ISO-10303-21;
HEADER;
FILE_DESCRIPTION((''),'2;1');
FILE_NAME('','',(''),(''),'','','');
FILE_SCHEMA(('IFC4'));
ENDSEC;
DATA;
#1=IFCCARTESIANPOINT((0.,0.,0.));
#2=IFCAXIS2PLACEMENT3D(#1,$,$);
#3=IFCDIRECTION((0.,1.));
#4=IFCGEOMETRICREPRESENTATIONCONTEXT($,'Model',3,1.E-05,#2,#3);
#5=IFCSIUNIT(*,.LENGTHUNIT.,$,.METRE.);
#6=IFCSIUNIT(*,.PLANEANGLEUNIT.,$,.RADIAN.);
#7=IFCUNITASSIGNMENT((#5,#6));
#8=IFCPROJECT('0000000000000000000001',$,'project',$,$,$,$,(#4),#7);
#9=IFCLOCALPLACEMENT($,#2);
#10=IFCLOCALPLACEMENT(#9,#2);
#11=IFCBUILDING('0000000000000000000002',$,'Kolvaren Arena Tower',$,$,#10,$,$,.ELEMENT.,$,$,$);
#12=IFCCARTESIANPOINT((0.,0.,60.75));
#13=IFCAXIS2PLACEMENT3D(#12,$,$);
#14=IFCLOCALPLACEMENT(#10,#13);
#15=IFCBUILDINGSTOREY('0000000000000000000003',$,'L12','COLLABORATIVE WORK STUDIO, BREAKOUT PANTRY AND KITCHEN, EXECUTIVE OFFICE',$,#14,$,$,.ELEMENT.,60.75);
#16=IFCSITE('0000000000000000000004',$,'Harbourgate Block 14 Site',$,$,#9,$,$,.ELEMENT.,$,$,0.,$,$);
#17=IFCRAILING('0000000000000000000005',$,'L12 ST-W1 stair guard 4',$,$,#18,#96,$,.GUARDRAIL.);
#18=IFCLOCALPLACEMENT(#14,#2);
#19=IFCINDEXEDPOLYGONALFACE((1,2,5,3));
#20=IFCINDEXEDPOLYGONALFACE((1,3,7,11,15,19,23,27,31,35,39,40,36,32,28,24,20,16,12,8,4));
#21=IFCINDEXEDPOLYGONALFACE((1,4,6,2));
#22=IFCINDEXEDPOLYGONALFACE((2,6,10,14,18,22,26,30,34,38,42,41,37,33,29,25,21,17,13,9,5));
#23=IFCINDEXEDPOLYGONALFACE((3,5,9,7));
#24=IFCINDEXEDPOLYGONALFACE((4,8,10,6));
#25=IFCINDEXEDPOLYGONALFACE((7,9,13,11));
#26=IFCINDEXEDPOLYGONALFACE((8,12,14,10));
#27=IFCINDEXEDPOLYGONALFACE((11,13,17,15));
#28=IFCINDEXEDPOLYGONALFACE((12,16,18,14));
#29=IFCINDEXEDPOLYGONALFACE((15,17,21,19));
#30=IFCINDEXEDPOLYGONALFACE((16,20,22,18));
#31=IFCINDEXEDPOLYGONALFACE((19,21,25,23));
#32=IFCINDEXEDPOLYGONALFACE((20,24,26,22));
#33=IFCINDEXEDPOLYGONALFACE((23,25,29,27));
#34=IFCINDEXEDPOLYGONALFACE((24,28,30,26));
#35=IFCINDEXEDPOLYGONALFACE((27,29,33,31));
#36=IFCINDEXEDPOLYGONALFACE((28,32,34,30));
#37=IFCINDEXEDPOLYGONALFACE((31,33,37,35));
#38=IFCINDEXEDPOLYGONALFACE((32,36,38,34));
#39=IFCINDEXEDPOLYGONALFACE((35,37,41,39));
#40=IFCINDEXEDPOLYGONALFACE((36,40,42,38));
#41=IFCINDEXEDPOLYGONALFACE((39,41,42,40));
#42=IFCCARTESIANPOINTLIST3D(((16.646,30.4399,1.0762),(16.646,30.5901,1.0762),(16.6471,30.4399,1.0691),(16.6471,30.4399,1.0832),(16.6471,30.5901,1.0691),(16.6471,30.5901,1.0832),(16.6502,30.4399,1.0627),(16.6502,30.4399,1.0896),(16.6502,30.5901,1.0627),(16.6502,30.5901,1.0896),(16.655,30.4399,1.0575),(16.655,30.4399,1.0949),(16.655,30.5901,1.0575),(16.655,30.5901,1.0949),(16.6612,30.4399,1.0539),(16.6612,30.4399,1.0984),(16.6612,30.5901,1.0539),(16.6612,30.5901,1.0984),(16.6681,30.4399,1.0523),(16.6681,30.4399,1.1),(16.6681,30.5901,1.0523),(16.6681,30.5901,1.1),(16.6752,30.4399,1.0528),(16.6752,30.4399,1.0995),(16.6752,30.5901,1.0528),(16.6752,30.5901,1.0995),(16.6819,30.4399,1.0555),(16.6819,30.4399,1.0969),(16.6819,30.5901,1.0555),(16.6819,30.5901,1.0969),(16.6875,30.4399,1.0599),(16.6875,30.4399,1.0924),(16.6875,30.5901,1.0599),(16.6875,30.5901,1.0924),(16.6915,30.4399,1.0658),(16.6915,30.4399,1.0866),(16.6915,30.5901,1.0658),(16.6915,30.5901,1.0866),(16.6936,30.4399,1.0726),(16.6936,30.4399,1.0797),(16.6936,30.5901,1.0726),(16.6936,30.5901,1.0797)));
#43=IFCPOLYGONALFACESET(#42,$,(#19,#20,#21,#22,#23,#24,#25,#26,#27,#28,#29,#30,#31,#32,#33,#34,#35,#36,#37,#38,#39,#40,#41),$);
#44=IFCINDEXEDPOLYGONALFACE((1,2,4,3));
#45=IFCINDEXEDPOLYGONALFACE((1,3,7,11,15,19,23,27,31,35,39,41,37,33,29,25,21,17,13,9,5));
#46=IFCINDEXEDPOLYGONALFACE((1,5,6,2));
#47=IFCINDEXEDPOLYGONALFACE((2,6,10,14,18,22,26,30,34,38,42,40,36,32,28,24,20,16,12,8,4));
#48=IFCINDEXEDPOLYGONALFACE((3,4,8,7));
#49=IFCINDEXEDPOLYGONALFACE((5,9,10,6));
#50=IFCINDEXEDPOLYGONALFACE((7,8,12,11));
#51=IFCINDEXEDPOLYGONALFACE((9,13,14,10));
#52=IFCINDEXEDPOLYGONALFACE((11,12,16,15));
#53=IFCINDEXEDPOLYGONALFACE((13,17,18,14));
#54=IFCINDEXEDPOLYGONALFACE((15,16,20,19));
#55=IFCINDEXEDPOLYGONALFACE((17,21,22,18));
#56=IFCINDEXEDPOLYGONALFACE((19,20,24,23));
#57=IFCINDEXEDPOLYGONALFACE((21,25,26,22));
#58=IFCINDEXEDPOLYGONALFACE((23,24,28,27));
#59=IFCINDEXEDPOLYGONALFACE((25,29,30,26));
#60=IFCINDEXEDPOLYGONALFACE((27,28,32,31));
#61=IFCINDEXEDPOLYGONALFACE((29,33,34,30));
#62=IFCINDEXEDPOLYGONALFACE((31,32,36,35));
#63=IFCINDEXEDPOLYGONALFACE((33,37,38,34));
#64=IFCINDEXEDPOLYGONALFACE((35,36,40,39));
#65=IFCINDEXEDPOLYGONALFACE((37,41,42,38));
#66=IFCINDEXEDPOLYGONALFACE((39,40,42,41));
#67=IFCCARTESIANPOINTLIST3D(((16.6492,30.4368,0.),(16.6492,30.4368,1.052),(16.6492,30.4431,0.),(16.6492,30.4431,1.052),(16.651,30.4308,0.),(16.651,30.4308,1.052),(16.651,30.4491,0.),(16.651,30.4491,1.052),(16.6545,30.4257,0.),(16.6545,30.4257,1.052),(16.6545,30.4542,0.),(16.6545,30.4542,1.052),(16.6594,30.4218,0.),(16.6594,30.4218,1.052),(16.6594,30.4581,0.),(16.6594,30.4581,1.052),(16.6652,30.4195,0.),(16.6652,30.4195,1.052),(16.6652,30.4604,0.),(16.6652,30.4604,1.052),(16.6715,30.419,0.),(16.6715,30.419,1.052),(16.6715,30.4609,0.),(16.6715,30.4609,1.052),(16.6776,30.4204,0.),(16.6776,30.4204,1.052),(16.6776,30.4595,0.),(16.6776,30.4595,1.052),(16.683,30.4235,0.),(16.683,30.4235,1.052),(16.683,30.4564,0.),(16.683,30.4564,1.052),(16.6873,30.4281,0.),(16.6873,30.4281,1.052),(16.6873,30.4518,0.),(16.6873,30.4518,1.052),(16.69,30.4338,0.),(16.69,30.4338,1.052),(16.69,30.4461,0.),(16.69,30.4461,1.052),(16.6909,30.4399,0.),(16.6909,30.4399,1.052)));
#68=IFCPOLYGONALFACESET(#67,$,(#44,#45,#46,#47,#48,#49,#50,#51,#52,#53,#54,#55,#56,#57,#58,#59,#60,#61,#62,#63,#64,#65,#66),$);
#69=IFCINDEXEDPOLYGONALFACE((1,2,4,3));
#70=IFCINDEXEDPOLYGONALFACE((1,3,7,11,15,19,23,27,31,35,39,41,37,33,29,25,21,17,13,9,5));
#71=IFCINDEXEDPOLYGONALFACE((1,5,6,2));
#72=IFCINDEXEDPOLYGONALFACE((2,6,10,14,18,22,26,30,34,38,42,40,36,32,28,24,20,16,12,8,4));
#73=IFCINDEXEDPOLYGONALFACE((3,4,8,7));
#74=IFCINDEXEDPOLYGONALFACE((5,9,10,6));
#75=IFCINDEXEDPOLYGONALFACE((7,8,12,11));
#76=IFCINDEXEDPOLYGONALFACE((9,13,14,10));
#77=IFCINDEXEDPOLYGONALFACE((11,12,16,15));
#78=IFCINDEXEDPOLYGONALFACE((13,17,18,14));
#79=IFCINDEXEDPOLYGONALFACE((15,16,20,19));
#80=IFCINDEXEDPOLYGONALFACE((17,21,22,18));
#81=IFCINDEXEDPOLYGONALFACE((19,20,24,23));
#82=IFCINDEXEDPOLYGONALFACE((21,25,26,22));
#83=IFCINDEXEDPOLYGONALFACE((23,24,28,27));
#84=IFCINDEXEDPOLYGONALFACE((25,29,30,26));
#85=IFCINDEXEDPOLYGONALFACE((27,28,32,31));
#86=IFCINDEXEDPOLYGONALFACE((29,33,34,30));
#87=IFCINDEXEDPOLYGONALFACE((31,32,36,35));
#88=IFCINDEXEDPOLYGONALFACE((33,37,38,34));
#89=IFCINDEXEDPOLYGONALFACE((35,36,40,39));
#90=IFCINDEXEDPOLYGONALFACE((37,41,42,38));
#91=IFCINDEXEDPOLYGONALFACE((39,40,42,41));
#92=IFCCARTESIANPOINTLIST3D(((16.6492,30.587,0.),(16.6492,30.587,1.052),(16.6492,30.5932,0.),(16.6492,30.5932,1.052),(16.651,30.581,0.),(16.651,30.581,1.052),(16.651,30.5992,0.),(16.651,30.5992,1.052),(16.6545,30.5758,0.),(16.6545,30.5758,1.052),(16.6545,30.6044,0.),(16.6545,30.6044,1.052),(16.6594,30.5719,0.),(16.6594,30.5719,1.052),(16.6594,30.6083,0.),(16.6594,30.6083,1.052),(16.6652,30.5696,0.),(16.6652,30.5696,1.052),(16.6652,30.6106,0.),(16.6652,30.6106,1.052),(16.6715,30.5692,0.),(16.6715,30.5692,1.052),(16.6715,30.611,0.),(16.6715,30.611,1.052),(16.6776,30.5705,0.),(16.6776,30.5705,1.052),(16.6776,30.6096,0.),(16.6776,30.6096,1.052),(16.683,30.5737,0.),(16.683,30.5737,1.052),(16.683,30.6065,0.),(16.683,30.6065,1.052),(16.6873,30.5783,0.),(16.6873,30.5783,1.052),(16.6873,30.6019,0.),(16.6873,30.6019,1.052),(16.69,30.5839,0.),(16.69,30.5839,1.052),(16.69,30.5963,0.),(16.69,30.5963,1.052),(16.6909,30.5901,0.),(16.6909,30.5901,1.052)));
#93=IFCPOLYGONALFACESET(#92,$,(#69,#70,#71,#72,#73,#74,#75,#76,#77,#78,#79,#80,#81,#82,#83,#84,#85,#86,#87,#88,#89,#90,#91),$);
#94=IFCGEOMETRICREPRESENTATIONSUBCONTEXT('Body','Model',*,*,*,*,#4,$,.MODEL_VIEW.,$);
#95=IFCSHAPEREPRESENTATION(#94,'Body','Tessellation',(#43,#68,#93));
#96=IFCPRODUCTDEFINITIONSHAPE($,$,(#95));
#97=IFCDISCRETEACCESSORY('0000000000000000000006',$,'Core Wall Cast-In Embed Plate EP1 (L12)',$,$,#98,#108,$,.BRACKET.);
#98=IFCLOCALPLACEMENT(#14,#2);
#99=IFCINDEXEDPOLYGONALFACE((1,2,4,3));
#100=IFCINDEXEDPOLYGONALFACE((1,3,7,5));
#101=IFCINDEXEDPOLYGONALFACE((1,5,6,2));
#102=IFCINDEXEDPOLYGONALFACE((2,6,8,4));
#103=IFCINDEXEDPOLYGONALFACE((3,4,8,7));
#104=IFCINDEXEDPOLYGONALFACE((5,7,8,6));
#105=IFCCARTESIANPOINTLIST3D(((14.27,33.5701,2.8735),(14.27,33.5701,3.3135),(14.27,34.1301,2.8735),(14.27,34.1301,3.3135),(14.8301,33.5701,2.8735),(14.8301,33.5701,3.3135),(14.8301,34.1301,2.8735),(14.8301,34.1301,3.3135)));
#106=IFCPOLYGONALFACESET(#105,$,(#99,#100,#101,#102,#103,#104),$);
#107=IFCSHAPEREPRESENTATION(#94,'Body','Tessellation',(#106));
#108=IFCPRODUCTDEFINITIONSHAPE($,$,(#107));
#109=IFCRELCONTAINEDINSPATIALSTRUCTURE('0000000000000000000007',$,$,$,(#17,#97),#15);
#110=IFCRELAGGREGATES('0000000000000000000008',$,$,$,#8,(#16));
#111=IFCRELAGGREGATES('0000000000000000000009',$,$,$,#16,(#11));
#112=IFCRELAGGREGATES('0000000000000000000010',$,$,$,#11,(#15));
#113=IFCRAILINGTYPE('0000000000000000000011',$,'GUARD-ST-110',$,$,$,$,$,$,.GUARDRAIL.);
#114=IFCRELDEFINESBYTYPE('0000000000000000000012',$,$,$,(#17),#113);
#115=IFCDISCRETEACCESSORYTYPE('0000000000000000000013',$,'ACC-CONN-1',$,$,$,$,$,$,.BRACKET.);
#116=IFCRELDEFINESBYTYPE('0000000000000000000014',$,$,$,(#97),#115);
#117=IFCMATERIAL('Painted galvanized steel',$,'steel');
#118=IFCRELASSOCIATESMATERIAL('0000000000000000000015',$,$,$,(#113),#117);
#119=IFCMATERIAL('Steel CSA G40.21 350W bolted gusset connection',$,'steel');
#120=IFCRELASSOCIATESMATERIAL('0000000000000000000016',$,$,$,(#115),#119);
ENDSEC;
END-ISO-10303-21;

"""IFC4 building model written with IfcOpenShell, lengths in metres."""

from ifc_helpers import new_model, si_unit, direction, frame, origin, origin_2d, place, context, subcontext, project, spatial, rectangle, circle, extrude, material, type_object, element, save


model = new_model("IFC4")

# Units and contexts
model_context = context("Model", 3, precision=1e-05, world=origin(), true_north=direction((0.0, 1.0)))
body_context = subcontext(model_context, "Body", "Model", "MODEL_VIEW")
ifc_project = project(units=[si_unit("LENGTHUNIT", "METRE"), si_unit("PLANEANGLEUNIT", "RADIAN")], contexts=[model_context])

# Site, building, storey
site_placement = place(None, origin())
site = spatial("IfcSite", under=ifc_project, at=site_placement, Name="Harbourgate Block 14 Site", CompositionType="ELEMENT", RefElevation=0.0)
building_placement = place(site_placement, origin())
building = spatial("IfcBuilding", under=site, at=building_placement, Name="Kolvaren Arena Tower", CompositionType="ELEMENT")
storey_placement = place(building_placement, frame((0.0, 0.0, 60.75)))
storey = spatial("IfcBuildingStorey", under=building, at=storey_placement, Name="L12", Description="COLLABORATIVE WORK STUDIO, BREAKOUT PANTRY AND KITCHEN, EXECUTIVE OFFICE", CompositionType="ELEMENT", Elevation=60.75)

# Railing
ifc_material_1 = material(Name="Painted galvanized steel", Category="steel")
railing_type = type_object("IfcRailingType", Name="GUARD-ST-110", PredefinedType="GUARDRAIL", material=ifc_material_1)
railing_placement = place(storey_placement, frame((16.6699, 30.4399, 0.0)))
element("IfcRailing", 1, at=railing_placement, inside=storey, type_object=railing_type, Name="L12 ST-W1 stair guard 4", PredefinedType="GUARDRAIL", context=body_context, shape_type="SweptSolid", body=[
    extrude(circle(Radius=0.0239, at=origin_2d()), frame((0.0, 0.0, 1.0762), z_axis=(0.0, 1.0, 0.0), x_axis=(-1.0, 0.0, 0.0)), (0.0, 0.0, 1.0), 0.1501),
    extrude(circle(Radius=0.021, at=origin_2d()), origin(), (0.0, 0.0, 1.0), 1.052),
    extrude(circle(Radius=0.021, at=origin_2d()), frame((0.0, 0.1501, 0.0)), (0.0, 0.0, 1.0), 1.052),
])

# Discrete accessory
ifc_material_2 = material(Name="Steel CSA G40.21 350W bolted gusset connection", Category="steel")
discrete_accessory_type = type_object("IfcDiscreteAccessoryType", Name="ACC-CONN-1", PredefinedType="BRACKET", material=ifc_material_2)
discrete_accessory_placement = place(storey_placement, frame((14.55, 33.8501, 2.8735), z_axis=(0.0, 0.0, 1.0), x_axis=(1.0, 0.0, 0.0)))
element("IfcDiscreteAccessory", 2, at=discrete_accessory_placement, inside=storey, type_object=discrete_accessory_type, Name="Core Wall Cast-In Embed Plate EP1 (L12)", PredefinedType="BRACKET", context=body_context, shape_type="SweptSolid", body=[
    extrude(rectangle(XDim=0.5601, YDim=0.5601, at=origin_2d()), origin(), (0.0, 0.0, 1.0), 0.4399),
])

save(model, "model.ifc")
